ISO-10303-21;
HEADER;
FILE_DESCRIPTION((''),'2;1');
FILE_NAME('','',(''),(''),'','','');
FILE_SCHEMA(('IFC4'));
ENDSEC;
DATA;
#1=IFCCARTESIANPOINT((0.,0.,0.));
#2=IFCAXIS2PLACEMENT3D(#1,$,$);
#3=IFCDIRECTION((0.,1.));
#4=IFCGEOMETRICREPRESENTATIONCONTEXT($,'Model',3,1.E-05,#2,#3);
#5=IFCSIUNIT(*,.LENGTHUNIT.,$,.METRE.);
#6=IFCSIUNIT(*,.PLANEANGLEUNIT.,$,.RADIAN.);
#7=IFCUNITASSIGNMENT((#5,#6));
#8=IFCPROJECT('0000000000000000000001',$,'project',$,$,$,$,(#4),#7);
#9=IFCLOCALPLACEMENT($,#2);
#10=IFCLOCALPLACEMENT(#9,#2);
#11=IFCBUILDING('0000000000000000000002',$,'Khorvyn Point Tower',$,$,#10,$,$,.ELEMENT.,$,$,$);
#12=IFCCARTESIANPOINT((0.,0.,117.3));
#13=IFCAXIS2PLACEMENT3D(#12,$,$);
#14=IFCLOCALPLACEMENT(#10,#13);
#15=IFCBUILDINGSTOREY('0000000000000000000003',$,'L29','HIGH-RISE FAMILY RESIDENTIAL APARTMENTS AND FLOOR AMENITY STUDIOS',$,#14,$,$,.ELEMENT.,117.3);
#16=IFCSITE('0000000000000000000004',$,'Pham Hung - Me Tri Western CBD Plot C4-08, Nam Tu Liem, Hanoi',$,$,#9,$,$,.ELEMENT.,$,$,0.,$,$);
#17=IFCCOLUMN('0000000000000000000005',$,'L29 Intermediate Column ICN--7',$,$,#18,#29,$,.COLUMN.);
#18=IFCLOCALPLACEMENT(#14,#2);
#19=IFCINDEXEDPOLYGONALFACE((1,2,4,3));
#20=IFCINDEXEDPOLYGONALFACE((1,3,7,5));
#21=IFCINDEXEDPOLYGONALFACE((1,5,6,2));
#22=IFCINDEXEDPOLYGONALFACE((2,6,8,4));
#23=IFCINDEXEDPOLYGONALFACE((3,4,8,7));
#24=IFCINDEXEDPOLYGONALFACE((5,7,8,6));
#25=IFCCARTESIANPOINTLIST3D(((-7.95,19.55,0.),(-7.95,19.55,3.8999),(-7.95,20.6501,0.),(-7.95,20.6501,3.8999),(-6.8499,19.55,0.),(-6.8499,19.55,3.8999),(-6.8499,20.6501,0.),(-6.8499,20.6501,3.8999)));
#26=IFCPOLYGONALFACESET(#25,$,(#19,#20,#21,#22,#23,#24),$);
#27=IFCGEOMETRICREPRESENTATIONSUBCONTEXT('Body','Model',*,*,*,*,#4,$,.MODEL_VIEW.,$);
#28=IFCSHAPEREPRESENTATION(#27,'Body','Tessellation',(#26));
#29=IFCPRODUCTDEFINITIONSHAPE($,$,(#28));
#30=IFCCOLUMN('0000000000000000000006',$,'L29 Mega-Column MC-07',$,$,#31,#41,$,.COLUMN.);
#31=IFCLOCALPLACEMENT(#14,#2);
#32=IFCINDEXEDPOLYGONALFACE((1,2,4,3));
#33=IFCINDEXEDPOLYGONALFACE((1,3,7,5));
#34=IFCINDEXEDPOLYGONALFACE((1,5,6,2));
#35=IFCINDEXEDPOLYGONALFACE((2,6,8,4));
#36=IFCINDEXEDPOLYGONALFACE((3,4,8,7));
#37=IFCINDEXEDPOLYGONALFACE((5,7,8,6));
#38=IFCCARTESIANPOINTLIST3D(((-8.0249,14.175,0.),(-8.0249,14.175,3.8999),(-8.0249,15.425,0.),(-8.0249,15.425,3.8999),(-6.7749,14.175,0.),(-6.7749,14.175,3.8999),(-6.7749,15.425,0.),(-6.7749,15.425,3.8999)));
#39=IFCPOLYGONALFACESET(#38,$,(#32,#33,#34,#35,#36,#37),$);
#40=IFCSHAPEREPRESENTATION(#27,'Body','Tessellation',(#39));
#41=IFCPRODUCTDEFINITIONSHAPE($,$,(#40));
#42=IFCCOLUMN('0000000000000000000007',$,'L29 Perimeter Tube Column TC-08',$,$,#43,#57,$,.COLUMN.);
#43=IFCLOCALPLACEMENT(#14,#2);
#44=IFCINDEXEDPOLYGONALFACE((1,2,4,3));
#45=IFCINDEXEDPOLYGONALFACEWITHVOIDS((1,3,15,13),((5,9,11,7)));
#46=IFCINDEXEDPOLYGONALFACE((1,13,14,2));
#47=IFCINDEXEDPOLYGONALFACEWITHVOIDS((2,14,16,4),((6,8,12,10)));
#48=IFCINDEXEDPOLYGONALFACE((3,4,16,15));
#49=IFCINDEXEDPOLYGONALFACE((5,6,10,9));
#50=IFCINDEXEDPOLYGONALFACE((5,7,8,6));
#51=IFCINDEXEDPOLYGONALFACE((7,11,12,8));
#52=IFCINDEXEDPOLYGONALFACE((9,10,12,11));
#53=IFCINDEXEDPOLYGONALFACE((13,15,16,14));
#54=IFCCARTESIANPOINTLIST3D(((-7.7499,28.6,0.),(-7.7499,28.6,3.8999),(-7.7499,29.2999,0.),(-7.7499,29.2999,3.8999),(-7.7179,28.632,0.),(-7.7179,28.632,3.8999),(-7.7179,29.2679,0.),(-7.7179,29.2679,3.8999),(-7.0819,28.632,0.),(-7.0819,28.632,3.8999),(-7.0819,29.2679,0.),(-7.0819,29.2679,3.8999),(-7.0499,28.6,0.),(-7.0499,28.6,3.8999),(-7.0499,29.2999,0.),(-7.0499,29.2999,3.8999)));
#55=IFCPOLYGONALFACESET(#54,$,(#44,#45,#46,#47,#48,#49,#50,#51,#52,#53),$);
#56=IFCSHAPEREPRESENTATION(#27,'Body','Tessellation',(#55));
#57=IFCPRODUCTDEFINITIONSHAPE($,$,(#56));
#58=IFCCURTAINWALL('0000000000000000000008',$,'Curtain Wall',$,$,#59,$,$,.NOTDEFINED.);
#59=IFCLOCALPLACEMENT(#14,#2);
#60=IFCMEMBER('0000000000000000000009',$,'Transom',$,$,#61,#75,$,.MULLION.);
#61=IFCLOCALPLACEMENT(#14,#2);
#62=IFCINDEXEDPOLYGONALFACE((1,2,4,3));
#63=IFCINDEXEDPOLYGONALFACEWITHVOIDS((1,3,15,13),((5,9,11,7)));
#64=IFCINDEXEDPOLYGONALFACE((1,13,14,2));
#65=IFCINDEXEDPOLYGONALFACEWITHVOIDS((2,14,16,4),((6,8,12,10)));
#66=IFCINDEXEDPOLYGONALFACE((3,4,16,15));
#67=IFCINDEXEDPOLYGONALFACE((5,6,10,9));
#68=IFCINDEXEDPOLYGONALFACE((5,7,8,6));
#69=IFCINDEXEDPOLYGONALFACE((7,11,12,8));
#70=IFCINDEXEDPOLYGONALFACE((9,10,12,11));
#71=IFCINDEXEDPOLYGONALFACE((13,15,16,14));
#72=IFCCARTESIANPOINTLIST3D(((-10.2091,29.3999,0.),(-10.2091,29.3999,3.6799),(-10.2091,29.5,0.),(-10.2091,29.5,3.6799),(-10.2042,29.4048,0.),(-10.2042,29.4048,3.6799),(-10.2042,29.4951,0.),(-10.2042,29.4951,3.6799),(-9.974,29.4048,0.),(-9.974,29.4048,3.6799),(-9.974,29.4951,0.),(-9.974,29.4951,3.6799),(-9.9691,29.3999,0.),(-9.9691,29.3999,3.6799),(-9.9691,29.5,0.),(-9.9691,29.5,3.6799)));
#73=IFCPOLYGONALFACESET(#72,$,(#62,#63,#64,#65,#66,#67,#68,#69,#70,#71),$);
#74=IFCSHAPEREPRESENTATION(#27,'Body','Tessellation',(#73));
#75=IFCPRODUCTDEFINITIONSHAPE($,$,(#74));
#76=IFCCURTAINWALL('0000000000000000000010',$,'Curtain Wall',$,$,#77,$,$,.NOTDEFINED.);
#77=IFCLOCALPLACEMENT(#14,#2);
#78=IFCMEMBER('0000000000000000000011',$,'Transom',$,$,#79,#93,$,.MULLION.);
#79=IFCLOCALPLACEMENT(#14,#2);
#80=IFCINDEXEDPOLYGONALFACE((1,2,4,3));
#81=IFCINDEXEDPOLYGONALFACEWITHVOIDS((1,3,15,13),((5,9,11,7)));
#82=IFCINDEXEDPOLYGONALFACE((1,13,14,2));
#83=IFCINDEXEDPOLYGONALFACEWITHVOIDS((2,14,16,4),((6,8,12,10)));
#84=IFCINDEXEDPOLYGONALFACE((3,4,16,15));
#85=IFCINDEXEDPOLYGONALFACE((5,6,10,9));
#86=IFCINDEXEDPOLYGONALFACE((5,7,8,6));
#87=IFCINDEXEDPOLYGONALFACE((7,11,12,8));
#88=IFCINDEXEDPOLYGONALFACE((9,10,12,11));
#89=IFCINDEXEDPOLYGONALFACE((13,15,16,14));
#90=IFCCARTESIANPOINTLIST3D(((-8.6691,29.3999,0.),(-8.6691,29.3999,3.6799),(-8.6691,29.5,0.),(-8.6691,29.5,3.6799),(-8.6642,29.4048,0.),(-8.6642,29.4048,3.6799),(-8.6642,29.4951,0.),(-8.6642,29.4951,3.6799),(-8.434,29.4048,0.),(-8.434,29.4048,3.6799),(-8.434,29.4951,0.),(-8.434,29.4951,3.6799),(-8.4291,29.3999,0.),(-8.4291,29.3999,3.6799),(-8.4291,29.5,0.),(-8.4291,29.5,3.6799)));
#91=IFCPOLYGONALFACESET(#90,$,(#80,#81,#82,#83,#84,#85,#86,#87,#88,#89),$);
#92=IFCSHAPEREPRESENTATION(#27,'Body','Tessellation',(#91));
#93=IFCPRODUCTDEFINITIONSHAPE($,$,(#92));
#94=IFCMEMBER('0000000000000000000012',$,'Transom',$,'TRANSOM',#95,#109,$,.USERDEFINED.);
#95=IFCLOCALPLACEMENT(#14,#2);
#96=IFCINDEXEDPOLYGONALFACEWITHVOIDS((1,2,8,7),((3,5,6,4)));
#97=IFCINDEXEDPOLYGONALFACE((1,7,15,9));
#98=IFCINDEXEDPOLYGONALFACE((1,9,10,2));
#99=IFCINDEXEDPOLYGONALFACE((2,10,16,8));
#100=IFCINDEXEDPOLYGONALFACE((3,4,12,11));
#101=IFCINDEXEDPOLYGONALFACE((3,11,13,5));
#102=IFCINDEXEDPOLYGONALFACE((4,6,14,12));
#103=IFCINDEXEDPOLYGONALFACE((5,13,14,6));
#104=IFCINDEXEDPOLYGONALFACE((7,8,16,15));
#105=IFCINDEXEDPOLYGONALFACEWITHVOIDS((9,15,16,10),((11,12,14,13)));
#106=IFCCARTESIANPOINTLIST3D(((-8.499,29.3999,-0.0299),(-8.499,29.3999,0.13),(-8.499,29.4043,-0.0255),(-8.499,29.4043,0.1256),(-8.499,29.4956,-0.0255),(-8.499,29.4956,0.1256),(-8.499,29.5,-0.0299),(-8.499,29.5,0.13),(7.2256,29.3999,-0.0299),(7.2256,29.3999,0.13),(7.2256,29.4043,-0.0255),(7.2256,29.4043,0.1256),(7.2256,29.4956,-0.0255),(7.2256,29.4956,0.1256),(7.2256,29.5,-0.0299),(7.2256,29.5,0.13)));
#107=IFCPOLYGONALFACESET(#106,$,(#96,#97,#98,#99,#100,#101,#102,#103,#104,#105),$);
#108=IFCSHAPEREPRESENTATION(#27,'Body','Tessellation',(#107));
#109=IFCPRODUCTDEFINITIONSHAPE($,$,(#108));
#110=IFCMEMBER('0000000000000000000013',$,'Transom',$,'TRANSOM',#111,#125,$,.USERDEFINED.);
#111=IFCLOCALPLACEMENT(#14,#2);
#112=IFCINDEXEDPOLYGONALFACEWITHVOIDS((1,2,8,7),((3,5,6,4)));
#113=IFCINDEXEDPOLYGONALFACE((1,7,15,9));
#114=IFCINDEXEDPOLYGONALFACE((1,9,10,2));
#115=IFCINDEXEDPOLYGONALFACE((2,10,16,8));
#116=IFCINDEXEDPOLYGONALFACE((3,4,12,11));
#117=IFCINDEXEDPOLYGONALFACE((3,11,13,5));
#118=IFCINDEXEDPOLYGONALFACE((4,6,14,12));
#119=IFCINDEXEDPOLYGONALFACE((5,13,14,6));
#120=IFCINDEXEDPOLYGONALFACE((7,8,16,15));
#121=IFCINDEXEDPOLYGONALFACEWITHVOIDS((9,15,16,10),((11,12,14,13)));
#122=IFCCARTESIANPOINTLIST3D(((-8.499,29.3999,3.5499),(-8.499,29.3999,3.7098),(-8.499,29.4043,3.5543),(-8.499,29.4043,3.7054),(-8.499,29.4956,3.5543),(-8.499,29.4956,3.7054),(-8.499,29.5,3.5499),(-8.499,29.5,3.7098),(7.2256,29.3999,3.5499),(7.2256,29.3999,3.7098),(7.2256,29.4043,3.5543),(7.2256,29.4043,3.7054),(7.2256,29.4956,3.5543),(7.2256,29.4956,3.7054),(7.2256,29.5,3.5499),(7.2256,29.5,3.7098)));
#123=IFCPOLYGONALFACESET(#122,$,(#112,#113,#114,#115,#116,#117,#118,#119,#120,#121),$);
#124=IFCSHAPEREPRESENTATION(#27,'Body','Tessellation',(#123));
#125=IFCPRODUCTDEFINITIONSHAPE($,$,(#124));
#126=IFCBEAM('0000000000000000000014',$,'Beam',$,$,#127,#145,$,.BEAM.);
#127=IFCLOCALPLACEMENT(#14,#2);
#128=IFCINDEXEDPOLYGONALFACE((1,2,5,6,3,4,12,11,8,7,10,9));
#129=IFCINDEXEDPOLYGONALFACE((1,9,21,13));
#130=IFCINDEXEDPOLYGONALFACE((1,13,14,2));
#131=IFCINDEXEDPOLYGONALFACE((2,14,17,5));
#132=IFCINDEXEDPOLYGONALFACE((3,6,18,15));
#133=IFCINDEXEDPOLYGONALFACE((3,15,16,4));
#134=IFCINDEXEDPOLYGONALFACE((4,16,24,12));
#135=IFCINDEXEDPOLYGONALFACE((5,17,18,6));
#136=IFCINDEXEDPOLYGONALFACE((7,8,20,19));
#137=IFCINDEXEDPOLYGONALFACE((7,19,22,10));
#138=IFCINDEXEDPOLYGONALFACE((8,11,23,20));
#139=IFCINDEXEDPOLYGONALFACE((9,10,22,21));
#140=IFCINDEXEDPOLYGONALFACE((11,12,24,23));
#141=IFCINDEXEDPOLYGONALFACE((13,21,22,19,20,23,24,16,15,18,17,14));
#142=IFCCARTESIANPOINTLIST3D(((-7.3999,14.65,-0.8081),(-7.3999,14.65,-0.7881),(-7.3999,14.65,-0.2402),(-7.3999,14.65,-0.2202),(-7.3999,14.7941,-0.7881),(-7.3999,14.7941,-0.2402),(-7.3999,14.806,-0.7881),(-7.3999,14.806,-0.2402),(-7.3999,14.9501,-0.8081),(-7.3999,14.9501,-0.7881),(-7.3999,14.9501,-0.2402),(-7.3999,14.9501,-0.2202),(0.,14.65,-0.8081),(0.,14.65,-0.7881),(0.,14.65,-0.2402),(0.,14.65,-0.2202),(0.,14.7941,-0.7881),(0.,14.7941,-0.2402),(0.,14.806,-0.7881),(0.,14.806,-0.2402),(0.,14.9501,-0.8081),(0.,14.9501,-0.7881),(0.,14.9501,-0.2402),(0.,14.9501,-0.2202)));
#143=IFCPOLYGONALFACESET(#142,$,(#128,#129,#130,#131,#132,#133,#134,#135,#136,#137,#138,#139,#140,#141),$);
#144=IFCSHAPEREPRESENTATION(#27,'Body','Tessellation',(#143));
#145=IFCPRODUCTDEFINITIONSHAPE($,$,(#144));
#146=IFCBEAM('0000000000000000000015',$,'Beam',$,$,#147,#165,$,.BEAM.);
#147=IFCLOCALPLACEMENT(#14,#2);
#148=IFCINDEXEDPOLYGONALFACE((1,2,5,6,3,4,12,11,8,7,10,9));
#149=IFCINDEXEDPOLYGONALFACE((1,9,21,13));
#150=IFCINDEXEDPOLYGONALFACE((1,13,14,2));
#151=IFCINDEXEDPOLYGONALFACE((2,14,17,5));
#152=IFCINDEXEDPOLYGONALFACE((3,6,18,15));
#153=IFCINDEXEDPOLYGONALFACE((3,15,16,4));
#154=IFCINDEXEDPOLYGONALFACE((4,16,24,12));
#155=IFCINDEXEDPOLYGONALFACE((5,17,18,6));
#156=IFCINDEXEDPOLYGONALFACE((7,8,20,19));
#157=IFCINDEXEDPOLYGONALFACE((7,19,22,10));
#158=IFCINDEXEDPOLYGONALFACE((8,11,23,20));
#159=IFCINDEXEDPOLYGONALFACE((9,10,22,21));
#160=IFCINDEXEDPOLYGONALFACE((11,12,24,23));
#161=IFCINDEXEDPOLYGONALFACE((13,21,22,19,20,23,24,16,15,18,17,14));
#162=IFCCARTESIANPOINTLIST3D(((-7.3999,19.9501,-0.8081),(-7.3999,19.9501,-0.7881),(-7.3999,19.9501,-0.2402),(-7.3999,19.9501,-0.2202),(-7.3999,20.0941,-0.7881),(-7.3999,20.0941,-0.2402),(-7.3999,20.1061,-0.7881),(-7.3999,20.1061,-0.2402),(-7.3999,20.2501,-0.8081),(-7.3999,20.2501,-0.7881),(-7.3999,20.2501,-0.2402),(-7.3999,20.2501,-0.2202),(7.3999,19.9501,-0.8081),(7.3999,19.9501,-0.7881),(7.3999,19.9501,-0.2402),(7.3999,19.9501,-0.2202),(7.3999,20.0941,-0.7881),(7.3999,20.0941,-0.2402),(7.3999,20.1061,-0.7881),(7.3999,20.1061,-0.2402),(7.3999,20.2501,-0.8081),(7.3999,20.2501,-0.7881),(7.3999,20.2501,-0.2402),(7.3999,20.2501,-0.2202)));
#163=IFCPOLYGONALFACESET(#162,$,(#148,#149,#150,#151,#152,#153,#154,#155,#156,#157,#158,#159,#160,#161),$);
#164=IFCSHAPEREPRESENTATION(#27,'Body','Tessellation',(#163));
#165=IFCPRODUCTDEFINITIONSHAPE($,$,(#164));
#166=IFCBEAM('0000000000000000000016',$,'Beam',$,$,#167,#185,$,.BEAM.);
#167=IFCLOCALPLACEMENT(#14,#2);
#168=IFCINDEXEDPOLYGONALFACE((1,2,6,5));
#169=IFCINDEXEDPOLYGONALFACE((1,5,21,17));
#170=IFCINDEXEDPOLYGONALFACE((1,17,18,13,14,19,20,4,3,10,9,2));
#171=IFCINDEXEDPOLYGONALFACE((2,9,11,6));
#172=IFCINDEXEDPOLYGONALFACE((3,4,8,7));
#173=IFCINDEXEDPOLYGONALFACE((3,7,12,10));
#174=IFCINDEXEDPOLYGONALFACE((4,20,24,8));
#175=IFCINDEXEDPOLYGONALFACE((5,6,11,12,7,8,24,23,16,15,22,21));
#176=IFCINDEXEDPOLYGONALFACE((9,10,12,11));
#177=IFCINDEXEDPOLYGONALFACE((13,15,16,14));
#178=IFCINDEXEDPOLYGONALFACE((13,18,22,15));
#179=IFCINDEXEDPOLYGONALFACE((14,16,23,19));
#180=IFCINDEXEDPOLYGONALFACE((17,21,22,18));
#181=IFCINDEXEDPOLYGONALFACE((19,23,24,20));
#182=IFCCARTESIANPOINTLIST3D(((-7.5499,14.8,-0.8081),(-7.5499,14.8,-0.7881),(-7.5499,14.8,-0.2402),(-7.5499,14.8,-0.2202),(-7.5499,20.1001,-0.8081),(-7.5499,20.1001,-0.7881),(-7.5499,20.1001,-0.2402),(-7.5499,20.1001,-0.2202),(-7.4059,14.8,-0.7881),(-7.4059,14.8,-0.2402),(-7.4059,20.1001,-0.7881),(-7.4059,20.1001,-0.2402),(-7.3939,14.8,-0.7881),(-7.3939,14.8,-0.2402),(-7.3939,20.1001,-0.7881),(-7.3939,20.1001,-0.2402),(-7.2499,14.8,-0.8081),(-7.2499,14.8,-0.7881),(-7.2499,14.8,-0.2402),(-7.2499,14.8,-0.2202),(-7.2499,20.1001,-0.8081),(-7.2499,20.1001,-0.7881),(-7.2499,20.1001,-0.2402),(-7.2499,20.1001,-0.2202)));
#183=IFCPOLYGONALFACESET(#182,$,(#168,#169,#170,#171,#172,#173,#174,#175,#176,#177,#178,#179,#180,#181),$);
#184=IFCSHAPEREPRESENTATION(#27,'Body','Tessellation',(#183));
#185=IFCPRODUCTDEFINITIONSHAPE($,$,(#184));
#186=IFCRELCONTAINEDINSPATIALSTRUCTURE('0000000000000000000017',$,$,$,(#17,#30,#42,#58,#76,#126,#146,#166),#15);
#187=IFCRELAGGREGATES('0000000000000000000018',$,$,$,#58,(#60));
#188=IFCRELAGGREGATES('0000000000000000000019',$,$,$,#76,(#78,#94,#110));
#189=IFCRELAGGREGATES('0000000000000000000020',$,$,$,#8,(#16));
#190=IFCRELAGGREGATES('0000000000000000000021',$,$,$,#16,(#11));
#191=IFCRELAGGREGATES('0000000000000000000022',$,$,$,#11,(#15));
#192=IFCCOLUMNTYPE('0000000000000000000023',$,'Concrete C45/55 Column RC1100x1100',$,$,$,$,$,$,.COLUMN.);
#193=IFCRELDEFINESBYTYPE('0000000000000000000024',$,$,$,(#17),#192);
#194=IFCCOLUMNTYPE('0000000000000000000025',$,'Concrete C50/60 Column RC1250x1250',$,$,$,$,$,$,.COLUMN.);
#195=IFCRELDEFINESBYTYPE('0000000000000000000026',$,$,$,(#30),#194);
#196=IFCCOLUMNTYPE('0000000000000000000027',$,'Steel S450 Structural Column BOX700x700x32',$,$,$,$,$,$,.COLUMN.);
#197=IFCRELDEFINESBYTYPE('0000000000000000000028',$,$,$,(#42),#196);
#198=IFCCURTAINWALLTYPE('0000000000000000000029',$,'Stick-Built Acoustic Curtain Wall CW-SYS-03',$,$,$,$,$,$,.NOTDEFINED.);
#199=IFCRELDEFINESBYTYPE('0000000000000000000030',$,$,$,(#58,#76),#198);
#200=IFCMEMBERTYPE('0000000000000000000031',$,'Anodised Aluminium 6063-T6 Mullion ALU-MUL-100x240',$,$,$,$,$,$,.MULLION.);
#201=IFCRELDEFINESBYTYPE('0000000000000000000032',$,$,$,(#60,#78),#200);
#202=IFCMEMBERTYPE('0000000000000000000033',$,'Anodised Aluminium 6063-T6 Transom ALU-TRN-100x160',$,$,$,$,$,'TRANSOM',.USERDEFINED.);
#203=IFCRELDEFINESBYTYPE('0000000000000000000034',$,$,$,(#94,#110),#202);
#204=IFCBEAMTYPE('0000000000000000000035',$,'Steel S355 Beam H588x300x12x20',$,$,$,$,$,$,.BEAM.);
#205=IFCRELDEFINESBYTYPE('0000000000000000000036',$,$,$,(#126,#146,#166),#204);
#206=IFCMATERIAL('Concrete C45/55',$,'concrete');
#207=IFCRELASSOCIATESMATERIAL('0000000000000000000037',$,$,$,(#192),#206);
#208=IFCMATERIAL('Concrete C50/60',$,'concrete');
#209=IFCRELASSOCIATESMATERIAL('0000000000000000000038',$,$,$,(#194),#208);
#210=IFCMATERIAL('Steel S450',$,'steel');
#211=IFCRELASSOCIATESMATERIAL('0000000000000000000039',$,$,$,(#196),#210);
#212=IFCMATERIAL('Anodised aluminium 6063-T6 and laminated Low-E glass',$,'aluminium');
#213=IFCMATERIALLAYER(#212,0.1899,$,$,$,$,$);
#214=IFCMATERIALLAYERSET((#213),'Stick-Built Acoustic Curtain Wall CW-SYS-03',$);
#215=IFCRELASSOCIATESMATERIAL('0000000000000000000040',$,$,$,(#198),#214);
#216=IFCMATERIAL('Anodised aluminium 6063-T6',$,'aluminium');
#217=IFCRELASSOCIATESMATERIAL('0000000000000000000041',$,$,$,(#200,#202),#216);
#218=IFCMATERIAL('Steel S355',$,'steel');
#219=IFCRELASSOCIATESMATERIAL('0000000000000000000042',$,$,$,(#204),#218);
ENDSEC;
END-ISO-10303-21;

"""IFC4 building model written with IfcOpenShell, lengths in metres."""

from ifc_helpers import new_model, si_unit, direction, frame, origin, origin_2d, place, context, subcontext, project, spatial, rectangle, hollow_rectangle, i_section, extrude, material, layer, layer_set, material_profile, profile_set, type_object, element, aggregate, save


model = new_model("IFC4")

# Units and contexts
model_context = context("Model", 3, precision=1e-05, world=origin(), true_north=direction((0.0, 1.0)))
body_context = subcontext(model_context, "Body", "Model", "MODEL_VIEW")
ifc_project = project(units=[si_unit("LENGTHUNIT", "METRE"), si_unit("PLANEANGLEUNIT", "RADIAN")], contexts=[model_context])

# Site, building, storey
site_placement = place(None, origin())
site = spatial("IfcSite", under=ifc_project, at=site_placement, Name="Pham Hung - Me Tri Western CBD Plot C4-08, Nam Tu Liem, Hanoi", CompositionType="ELEMENT", RefElevation=0.0)
building_placement = place(site_placement, origin())
building = spatial("IfcBuilding", under=site, at=building_placement, Name="Khorvyn Point Tower", CompositionType="ELEMENT")
storey_placement = place(building_placement, frame((0.0, 0.0, 117.3)))
storey = spatial("IfcBuildingStorey", under=building, at=storey_placement, Name="L29", Description="HIGH-RISE FAMILY RESIDENTIAL APARTMENTS AND FLOOR AMENITY STUDIOS", CompositionType="ELEMENT", Elevation=117.3)

# Columns
ifc_material_1 = material(Name="Concrete C45/55", Category="concrete")
ifc_material_profile_1 = material_profile(ifc_material_1, rectangle(XDim=1.1001, YDim=1.1001, at=origin_2d()))
ifc_profile_set_1 = profile_set([ifc_material_profile_1], Name="Concrete C45/55 RC1100x1100")
column_type_1 = type_object("IfcColumnType", Name="Concrete C45/55 Column RC1100x1100", PredefinedType="COLUMN", material=ifc_profile_set_1)
column_1_placement = place(storey_placement, frame((-7.3999, 20.1001, 0.0), z_axis=(0.0, 0.0, 1.0), x_axis=(1.0, 0.0, 0.0)))
element("IfcColumn", 1, at=column_1_placement, inside=storey, type_object=column_type_1, Name="L29 Intermediate Column ICN--7", PredefinedType="COLUMN", context=body_context, shape_type="SweptSolid", body=[
    extrude(rectangle(XDim=1.1001, YDim=1.1001, at=origin_2d()), origin(), (0.0, 0.0, 1.0), 3.8999),
])
ifc_material_2 = material(Name="Concrete C50/60", Category="concrete")
ifc_material_profile_2 = material_profile(ifc_material_2, rectangle(XDim=1.25, YDim=1.25, at=origin_2d()))
ifc_profile_set_2 = profile_set([ifc_material_profile_2], Name="Concrete C50/60 RC1250x1250")
column_type_2 = type_object("IfcColumnType", Name="Concrete C50/60 Column RC1250x1250", PredefinedType="COLUMN", material=ifc_profile_set_2)
column_2_placement = place(storey_placement, frame((-7.3999, 14.8, 0.0), z_axis=(0.0, 0.0, 1.0), x_axis=(1.0, 0.0, 0.0)))
element("IfcColumn", 2, at=column_2_placement, inside=storey, type_object=column_type_2, Name="L29 Mega-Column MC-07", PredefinedType="COLUMN", context=body_context, shape_type="SweptSolid", body=[
    extrude(rectangle(XDim=1.25, YDim=1.25, at=origin_2d()), origin(), (0.0, 0.0, 1.0), 3.8999),
])
ifc_material_3 = material(Name="Steel S450", Category="steel")
ifc_material_profile_3 = material_profile(ifc_material_3, hollow_rectangle(XDim=0.7, YDim=0.7, WallThickness=0.032, at=origin_2d()))
ifc_profile_set_3 = profile_set([ifc_material_profile_3], Name="Steel S450 BOX700x700x32")
column_type_3 = type_object("IfcColumnType", Name="Steel S450 Structural Column BOX700x700x32", PredefinedType="COLUMN", material=ifc_profile_set_3)
column_3_placement = place(storey_placement, frame((-7.3999, 28.95, 0.0), z_axis=(0.0, 0.0, 1.0), x_axis=(1.0, 0.0, 0.0)))
element("IfcColumn", 3, at=column_3_placement, inside=storey, type_object=column_type_3, Name="L29 Perimeter Tube Column TC-08", PredefinedType="COLUMN", context=body_context, shape_type="SweptSolid", body=[
    extrude(hollow_rectangle(XDim=0.7, YDim=0.7, WallThickness=0.032, at=origin_2d()), origin(), (0.0, 0.0, 1.0), 3.8999),
])

# Curtain wall, member
ifc_material_4 = material(Name="Anodised aluminium 6063-T6 and laminated Low-E glass", Category="aluminium")
ifc_layer_1 = layer(ifc_material_4, 0.1899)
ifc_layer_set_1 = layer_set([ifc_layer_1], Name="Stick-Built Acoustic Curtain Wall CW-SYS-03")
curtain_wall_type = type_object("IfcCurtainWallType", Name="Stick-Built Acoustic Curtain Wall CW-SYS-03", PredefinedType="NOTDEFINED", material=ifc_layer_set_1)
curtain_wall_1_placement = place(storey_placement, origin())
curtain_wall_1 = element("IfcCurtainWall", 4, at=curtain_wall_1_placement, inside=storey, type_object=curtain_wall_type, Name="Curtain Wall", PredefinedType="NOTDEFINED")
ifc_material_5 = material(Name="Anodised aluminium 6063-T6", Category="aluminium")
ifc_material_profile_4 = material_profile(ifc_material_5, hollow_rectangle(XDim=0.1001, YDim=0.24, WallThickness=0.0049, at=origin_2d()))
ifc_profile_set_4 = profile_set([ifc_material_profile_4], Name="Anodised aluminium 6063-T6 ALU-MUL-100x240")
member_type_1 = type_object("IfcMemberType", Name="Anodised Aluminium 6063-T6 Mullion ALU-MUL-100x240", PredefinedType="MULLION", material=ifc_profile_set_4)
member_1_placement = place(storey_placement, frame((-10.0891, 29.45, 0.0), z_axis=(0.0, 0.0, 1.0), x_axis=(0.0, 1.0, 0.0)))
member_1 = element("IfcMember", 5, at=member_1_placement, type_object=member_type_1, Name="Transom", PredefinedType="MULLION", context=body_context, shape_type="SweptSolid", body=[
    extrude(hollow_rectangle(XDim=0.1001, YDim=0.24, WallThickness=0.0049, at=origin_2d()), origin(), (0.0, 0.0, 1.0), 3.6799),
])
aggregate(curtain_wall_1, [member_1])

# Curtain wall, members
curtain_wall_2_placement = place(storey_placement, origin())
curtain_wall_2 = element("IfcCurtainWall", 6, at=curtain_wall_2_placement, inside=storey, type_object=curtain_wall_type, Name="Curtain Wall", PredefinedType="NOTDEFINED")
member_2_placement = place(storey_placement, frame((-8.5491, 29.45, 0.0), z_axis=(0.0, 0.0, 1.0), x_axis=(0.0, 1.0, 0.0)))
member_2 = element("IfcMember", 7, at=member_2_placement, type_object=member_type_1, Name="Transom", PredefinedType="MULLION", context=body_context, shape_type="SweptSolid", body=[
    extrude(hollow_rectangle(XDim=0.1001, YDim=0.24, WallThickness=0.0049, at=origin_2d()), origin(), (0.0, 0.0, 1.0), 3.6799),
])
ifc_material_profile_5 = material_profile(ifc_material_5, hollow_rectangle(XDim=0.1001, YDim=0.1599, WallThickness=0.0044, at=origin_2d()))
ifc_profile_set_5 = profile_set([ifc_material_profile_5], Name="Anodised aluminium 6063-T6 ALU-TRN-100x160")
member_type_2 = type_object("IfcMemberType", Name="Anodised Aluminium 6063-T6 Transom ALU-TRN-100x160", ElementType="TRANSOM", PredefinedType="USERDEFINED", material=ifc_profile_set_5)
member_3_placement = place(storey_placement, frame((-8.499, 29.45, 0.05), z_axis=(1.0, 0.0, 0.0), x_axis=(0.0, 1.0, 0.0)))
member_3 = element("IfcMember", 8, at=member_3_placement, type_object=member_type_2, Name="Transom", ObjectType="TRANSOM", PredefinedType="USERDEFINED", context=body_context, shape_type="SweptSolid", body=[
    extrude(hollow_rectangle(XDim=0.1001, YDim=0.1599, WallThickness=0.0044, at=origin_2d()), origin(), (0.0, 0.0, 1.0), 15.7246),
])
member_4_placement = place(storey_placement, frame((-8.499, 29.45, 3.6299), z_axis=(1.0, 0.0, 0.0), x_axis=(0.0, 1.0, 0.0)))
member_4 = element("IfcMember", 9, at=member_4_placement, type_object=member_type_2, Name="Transom", ObjectType="TRANSOM", PredefinedType="USERDEFINED", context=body_context, shape_type="SweptSolid", body=[
    extrude(hollow_rectangle(XDim=0.1001, YDim=0.1599, WallThickness=0.0044, at=origin_2d()), origin(), (0.0, 0.0, 1.0), 15.7246),
])

# Beams
ifc_material_6 = material(Name="Steel S355", Category="steel")
ifc_material_profile_6 = material_profile(ifc_material_6, i_section(OverallWidth=0.3, OverallDepth=0.5879, WebThickness=0.012, FlangeThickness=0.02, at=origin_2d()))
ifc_profile_set_6 = profile_set([ifc_material_profile_6], Name="Steel S355 H588x300x12x20")
beam_type_1 = type_object("IfcBeamType", Name="Steel S355 Beam H588x300x12x20", PredefinedType="BEAM", material=ifc_profile_set_6)
beam_1_placement = place(storey_placement, frame((-7.3999, 14.8, -0.5142), z_axis=(1.0, 0.0, 0.0), x_axis=(0.0, 1.0, 0.0)))
element("IfcBeam", 10, at=beam_1_placement, inside=storey, type_object=beam_type_1, Name="Beam", PredefinedType="BEAM", context=body_context, shape_type="SweptSolid", body=[
    extrude(i_section(OverallWidth=0.3, OverallDepth=0.5879, WebThickness=0.012, FlangeThickness=0.02, at=origin_2d()), origin(), (0.0, 0.0, 1.0), 7.3999),
])
beam_2_placement = place(storey_placement, frame((-7.3999, 20.1001, -0.5142), z_axis=(1.0, 0.0, 0.0), x_axis=(0.0, 1.0, 0.0)))
element("IfcBeam", 11, at=beam_2_placement, inside=storey, type_object=beam_type_1, Name="Beam", PredefinedType="BEAM", context=body_context, shape_type="SweptSolid", body=[
    extrude(i_section(OverallWidth=0.3, OverallDepth=0.5879, WebThickness=0.012, FlangeThickness=0.02, at=origin_2d()), origin(), (0.0, 0.0, 1.0), 14.7998),
])
beam_3_placement = place(storey_placement, frame((-7.3999, 14.8, -0.5142), z_axis=(0.0, 1.0, 0.0), x_axis=(-1.0, 0.0, 0.0)))
element("IfcBeam", 12, at=beam_3_placement, inside=storey, type_object=beam_type_1, Name="Beam", PredefinedType="BEAM", context=body_context, shape_type="SweptSolid", body=[
    extrude(i_section(OverallWidth=0.3, OverallDepth=0.5879, WebThickness=0.012, FlangeThickness=0.02, at=origin_2d()), origin(), (0.0, 0.0, 1.0), 5.3),
])

aggregate(curtain_wall_2, [member_2, member_3, member_4])

save(model, "model.ifc")
